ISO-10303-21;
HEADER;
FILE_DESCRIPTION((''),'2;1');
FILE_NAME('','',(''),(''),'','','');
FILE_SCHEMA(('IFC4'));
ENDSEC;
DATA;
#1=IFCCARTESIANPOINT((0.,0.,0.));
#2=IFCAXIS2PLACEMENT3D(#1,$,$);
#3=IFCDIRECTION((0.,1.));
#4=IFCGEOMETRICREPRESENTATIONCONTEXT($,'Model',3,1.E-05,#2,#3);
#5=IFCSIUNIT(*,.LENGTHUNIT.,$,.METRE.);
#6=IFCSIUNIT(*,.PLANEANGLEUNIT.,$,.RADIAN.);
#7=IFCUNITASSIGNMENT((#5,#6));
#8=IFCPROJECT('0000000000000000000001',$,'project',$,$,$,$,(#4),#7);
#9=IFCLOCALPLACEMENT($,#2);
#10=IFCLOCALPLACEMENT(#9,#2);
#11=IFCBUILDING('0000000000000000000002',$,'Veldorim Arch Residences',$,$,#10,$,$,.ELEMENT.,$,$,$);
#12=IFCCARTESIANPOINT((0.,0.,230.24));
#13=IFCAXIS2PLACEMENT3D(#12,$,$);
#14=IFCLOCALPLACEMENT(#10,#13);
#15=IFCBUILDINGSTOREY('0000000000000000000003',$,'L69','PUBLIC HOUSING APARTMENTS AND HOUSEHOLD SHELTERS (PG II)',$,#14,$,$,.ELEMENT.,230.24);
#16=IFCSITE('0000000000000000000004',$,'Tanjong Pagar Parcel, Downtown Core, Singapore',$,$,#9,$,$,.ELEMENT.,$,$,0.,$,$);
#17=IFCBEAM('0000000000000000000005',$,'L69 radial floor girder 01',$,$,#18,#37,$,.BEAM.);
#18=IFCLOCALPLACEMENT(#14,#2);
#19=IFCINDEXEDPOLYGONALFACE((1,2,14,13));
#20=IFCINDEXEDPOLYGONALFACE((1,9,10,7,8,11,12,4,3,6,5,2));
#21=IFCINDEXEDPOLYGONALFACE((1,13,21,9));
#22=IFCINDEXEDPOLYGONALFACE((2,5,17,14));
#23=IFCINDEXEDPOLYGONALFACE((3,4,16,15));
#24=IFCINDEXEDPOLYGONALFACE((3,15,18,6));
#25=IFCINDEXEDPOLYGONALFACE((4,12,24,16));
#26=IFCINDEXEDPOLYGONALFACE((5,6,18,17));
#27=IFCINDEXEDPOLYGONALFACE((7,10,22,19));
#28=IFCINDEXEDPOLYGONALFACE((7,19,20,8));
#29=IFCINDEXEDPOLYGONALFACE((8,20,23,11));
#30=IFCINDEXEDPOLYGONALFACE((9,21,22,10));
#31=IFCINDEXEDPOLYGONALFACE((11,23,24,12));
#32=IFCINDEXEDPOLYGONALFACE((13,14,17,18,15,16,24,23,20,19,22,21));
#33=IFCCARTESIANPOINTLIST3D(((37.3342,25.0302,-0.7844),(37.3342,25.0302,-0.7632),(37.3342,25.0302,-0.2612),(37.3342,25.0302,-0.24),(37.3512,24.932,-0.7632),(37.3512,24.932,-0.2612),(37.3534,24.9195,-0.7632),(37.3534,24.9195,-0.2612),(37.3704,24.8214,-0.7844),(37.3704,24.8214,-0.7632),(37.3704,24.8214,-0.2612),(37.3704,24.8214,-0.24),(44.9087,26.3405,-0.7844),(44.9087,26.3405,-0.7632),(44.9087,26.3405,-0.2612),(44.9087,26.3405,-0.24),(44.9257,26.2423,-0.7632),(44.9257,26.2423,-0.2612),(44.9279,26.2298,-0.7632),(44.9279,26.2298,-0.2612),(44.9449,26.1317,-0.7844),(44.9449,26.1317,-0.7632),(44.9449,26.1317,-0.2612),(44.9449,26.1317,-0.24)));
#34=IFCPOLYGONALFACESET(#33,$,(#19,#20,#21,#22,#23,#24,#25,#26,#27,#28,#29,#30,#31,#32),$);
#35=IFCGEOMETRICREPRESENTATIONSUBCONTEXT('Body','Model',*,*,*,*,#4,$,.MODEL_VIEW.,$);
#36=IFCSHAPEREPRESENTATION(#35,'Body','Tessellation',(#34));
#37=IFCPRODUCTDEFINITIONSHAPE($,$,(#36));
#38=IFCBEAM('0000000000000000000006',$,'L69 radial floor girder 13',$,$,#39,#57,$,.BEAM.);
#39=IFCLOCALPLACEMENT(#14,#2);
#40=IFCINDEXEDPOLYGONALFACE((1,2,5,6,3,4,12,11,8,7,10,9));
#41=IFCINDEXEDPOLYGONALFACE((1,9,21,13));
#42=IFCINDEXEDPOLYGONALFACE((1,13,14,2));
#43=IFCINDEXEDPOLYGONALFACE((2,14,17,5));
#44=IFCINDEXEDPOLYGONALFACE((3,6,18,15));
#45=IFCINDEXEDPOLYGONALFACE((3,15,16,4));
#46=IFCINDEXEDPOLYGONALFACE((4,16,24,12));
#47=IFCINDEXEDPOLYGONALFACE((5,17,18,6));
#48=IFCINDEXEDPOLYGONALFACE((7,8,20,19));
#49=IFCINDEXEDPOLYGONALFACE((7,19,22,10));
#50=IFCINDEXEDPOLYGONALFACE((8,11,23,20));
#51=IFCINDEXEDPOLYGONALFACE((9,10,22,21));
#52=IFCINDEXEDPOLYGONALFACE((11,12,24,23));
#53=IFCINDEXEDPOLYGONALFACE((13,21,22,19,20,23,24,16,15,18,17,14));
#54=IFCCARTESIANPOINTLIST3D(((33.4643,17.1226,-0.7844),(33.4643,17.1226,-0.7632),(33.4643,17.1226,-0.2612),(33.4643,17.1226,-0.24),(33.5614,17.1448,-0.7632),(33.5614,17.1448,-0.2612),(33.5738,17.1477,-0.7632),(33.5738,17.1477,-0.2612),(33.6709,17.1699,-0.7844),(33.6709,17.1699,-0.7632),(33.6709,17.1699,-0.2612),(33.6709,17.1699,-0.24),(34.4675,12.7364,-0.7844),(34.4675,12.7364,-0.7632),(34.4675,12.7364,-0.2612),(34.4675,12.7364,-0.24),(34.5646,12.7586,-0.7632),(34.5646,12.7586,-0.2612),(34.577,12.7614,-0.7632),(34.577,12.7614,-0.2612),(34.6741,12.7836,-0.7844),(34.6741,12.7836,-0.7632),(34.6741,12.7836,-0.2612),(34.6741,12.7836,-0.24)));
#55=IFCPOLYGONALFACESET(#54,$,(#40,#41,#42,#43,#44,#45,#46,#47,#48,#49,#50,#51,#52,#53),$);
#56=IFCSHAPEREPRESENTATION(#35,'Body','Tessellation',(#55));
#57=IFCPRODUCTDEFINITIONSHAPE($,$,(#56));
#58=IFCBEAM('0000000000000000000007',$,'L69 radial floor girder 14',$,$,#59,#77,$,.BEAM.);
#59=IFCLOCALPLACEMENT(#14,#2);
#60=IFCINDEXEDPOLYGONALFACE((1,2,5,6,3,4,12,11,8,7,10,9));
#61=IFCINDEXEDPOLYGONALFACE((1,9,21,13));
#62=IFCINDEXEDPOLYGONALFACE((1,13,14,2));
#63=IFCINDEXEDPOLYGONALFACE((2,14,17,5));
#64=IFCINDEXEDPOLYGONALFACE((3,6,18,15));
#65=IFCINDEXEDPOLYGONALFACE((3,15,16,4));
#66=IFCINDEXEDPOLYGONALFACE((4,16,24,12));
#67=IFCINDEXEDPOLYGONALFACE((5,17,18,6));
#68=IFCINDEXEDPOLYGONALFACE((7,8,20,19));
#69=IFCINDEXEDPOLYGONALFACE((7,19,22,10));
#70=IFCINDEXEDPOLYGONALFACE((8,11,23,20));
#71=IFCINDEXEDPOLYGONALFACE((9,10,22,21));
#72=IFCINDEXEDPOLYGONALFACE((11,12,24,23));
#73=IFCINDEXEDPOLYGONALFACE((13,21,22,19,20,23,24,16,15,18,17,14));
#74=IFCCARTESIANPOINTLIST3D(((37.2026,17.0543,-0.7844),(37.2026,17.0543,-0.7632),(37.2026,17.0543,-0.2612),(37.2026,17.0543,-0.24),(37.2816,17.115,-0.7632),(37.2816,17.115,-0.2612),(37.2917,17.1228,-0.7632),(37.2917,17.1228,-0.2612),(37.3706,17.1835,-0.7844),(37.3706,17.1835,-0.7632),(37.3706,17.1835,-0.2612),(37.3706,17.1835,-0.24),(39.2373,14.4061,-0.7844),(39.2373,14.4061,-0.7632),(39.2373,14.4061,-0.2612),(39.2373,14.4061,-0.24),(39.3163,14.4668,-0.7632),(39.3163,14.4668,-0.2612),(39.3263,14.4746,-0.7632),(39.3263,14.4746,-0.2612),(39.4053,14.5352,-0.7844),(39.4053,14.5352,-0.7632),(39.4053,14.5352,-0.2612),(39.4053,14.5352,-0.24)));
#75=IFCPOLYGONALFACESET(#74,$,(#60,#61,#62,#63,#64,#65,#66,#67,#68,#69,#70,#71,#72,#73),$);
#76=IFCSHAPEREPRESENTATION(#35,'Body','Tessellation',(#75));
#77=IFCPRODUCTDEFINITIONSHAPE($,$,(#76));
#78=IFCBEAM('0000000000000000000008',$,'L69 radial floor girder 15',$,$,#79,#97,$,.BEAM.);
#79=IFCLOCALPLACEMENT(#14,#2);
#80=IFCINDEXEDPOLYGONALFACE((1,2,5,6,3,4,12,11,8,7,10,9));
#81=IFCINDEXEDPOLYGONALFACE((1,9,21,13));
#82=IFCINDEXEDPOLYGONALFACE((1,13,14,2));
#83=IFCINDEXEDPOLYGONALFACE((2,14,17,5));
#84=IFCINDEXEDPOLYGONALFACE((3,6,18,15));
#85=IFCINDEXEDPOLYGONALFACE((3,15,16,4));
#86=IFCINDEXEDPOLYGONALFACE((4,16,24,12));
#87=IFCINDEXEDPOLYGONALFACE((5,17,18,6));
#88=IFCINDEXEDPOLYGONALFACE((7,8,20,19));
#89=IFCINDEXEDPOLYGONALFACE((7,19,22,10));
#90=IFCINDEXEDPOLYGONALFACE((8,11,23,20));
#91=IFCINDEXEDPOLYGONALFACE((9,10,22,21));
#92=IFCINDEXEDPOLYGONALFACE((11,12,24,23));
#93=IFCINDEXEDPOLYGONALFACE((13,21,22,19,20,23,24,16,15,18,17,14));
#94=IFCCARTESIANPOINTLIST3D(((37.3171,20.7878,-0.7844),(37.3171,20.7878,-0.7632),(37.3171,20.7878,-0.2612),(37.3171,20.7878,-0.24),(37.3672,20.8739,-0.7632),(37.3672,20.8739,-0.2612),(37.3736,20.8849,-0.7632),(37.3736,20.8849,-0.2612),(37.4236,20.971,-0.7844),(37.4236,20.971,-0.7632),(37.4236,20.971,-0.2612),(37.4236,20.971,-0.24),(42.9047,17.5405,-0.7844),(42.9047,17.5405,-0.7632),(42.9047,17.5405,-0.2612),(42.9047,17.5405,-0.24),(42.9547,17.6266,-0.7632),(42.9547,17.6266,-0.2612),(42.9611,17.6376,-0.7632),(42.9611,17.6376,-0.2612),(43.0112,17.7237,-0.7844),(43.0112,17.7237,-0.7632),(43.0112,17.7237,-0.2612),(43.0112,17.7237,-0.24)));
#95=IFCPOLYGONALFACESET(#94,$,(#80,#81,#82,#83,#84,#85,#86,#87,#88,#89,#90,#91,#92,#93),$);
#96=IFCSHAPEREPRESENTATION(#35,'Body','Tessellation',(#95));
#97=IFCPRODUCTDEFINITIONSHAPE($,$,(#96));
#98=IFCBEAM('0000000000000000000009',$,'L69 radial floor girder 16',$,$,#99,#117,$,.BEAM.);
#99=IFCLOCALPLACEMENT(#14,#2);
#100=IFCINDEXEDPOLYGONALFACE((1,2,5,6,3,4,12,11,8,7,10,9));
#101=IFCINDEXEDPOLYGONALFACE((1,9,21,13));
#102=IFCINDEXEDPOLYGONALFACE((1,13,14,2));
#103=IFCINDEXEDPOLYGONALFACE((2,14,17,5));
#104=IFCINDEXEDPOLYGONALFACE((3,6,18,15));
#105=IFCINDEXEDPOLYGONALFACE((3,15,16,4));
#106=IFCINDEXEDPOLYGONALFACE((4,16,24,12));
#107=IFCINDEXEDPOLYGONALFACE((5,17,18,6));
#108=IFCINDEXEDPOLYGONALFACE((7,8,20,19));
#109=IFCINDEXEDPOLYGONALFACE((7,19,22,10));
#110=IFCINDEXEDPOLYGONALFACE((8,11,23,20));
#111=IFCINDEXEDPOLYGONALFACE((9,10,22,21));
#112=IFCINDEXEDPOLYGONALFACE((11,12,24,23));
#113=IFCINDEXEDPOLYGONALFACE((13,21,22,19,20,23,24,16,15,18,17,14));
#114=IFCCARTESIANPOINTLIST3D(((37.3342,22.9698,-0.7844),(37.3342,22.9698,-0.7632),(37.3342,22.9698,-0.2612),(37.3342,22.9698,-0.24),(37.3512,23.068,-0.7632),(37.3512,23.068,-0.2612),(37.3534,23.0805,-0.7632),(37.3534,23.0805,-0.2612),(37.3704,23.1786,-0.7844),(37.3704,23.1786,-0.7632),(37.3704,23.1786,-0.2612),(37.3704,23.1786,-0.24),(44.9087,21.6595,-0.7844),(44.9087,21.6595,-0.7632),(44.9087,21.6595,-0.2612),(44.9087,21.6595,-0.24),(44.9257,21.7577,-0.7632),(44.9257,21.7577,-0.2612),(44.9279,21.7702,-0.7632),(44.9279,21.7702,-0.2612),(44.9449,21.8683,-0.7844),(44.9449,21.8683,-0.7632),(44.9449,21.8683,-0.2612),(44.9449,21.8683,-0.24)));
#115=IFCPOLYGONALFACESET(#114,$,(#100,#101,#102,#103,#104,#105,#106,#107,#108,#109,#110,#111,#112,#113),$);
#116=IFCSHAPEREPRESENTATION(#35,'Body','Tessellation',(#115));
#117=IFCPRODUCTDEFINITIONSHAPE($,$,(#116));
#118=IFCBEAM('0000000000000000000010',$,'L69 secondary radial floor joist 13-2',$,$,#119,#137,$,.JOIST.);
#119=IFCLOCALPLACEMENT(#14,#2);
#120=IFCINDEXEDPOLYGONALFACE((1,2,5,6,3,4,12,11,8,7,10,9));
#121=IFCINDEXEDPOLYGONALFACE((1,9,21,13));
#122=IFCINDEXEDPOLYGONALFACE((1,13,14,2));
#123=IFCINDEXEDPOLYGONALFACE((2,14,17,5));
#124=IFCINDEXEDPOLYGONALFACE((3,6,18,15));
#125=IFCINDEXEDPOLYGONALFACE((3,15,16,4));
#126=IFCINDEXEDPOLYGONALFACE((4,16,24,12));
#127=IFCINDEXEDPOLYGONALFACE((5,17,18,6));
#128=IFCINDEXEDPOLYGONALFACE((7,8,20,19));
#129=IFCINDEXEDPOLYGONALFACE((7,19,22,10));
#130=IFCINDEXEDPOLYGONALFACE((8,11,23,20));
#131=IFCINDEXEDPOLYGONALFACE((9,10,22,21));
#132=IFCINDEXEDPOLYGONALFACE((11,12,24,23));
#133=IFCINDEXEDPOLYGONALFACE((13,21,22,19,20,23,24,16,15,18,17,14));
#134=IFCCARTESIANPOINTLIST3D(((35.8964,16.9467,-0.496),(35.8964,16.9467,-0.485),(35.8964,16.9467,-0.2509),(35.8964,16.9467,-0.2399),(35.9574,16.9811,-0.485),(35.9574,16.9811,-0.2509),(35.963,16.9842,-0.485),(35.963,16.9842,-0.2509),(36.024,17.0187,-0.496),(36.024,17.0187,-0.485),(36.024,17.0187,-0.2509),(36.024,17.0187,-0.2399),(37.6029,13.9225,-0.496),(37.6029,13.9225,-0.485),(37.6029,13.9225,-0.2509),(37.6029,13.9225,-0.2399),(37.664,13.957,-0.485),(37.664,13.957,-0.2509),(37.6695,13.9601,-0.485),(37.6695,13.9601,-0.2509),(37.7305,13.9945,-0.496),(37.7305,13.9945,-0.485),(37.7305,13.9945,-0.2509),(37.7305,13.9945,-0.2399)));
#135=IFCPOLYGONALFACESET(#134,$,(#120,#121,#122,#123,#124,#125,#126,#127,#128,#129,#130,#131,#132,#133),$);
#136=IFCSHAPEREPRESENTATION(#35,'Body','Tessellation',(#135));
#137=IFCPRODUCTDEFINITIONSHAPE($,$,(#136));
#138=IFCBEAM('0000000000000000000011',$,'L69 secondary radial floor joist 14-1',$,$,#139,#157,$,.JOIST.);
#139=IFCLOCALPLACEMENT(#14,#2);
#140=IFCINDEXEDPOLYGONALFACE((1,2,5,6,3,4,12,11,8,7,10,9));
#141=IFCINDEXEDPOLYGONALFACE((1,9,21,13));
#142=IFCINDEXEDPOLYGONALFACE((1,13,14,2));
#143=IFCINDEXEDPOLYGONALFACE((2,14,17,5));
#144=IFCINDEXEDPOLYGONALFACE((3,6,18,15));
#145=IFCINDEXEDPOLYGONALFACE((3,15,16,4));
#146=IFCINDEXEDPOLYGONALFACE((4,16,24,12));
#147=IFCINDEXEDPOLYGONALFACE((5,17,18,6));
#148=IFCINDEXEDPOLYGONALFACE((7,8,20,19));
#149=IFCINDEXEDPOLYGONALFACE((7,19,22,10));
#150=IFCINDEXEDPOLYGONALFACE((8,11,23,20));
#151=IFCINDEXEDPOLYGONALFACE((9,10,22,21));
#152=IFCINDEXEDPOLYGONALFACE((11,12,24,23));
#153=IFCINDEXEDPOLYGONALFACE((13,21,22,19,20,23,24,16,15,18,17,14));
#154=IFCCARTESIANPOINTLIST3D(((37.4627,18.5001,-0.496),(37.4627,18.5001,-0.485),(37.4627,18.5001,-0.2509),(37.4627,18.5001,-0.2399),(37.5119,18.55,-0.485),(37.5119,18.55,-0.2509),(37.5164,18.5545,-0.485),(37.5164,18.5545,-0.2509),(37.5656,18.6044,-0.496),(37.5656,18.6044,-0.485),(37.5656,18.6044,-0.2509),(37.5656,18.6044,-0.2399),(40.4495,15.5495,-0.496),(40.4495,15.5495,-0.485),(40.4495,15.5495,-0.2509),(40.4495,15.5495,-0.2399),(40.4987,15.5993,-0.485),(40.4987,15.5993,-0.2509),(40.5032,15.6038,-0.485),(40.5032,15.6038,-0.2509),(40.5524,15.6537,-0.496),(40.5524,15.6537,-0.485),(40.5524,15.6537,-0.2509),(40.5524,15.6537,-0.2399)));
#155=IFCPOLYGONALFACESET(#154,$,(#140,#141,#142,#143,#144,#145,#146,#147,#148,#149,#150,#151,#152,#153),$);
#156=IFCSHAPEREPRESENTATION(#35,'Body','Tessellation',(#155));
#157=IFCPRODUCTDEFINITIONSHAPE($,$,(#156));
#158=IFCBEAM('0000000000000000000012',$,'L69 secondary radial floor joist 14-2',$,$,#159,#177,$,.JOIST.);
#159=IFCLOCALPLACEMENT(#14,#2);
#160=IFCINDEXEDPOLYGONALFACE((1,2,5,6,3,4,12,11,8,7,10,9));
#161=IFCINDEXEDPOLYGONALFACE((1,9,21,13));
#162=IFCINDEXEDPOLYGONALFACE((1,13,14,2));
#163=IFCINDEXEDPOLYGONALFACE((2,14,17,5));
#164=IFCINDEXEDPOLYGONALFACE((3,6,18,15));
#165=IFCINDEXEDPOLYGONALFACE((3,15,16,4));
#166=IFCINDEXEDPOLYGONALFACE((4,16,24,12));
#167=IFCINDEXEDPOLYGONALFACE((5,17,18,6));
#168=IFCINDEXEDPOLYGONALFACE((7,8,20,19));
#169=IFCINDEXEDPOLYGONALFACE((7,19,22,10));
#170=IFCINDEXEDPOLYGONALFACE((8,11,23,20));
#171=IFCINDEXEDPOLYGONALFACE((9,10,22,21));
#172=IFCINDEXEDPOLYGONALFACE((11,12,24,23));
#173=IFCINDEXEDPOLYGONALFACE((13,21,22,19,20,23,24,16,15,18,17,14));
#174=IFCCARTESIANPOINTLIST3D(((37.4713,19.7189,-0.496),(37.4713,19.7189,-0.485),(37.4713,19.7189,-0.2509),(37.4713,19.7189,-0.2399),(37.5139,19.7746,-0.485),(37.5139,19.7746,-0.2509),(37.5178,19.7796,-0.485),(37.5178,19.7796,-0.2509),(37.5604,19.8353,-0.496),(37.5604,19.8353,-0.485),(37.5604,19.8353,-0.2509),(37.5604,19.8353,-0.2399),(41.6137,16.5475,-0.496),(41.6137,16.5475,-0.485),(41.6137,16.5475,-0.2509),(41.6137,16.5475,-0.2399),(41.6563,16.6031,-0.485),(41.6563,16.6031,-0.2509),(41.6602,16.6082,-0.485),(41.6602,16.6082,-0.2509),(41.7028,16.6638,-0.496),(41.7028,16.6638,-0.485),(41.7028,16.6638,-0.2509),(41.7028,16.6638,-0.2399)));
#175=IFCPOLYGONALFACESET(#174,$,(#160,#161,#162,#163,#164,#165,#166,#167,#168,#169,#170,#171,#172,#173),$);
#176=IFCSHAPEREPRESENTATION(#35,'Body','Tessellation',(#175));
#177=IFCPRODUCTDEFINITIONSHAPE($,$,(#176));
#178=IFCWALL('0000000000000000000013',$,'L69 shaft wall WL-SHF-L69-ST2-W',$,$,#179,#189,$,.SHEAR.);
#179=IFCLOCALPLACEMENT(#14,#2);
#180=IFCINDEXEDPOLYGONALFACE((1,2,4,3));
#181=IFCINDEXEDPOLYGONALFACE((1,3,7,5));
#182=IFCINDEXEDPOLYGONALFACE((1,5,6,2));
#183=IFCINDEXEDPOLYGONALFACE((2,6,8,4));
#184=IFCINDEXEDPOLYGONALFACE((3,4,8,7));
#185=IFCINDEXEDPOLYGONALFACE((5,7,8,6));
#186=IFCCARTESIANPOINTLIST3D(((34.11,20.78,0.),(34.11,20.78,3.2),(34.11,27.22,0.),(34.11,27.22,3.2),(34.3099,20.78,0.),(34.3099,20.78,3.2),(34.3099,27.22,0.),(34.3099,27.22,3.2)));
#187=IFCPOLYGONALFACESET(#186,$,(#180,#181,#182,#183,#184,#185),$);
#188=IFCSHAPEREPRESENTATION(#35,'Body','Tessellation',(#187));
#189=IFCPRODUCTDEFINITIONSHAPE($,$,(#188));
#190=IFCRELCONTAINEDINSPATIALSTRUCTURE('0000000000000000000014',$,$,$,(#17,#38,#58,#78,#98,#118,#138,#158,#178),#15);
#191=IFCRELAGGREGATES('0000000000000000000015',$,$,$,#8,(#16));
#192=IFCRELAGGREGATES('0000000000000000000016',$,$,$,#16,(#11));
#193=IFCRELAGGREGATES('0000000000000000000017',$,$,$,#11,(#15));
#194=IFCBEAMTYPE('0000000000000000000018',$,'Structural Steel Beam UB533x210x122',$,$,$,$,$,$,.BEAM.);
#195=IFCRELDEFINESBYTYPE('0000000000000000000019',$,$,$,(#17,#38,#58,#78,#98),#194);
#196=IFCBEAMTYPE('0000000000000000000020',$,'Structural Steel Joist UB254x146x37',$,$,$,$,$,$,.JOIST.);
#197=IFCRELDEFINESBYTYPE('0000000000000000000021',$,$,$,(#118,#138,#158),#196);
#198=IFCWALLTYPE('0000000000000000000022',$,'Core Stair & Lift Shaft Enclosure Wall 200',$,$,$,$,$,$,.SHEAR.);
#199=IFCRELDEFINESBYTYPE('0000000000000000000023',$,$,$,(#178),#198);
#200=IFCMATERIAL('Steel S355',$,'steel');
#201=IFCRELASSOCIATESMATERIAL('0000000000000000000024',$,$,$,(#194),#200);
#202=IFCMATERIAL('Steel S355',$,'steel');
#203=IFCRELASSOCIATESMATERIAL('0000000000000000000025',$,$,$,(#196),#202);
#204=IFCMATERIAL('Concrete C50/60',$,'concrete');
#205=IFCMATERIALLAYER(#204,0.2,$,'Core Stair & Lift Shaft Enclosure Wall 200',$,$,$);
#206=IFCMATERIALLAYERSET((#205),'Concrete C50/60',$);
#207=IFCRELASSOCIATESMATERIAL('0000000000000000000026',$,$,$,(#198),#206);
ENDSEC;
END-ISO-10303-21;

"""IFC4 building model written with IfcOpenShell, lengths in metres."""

from ifc_helpers import new_model, si_unit, direction, frame, frame_2d, origin, origin_2d, place, context, subcontext, project, spatial, rectangle, i_section, extrude, material, layer, layer_set, material_profile, profile_set, type_object, element, save


model = new_model("IFC4")

# Units and contexts
model_context = context("Model", 3, precision=1e-05, world=origin(), true_north=direction((0.0, 1.0)))
body_context = subcontext(model_context, "Body", "Model", "MODEL_VIEW")
ifc_project = project(units=[si_unit("LENGTHUNIT", "METRE"), si_unit("PLANEANGLEUNIT", "RADIAN")], contexts=[model_context])

# Site, building, storey
site_placement = place(None, origin())
site = spatial("IfcSite", under=ifc_project, at=site_placement, Name="Tanjong Pagar Parcel, Downtown Core, Singapore", CompositionType="ELEMENT", RefElevation=0.0)
building_placement = place(site_placement, origin())
building = spatial("IfcBuilding", under=site, at=building_placement, Name="Veldorim Arch Residences", CompositionType="ELEMENT")
storey_placement = place(building_placement, frame((0.0, 0.0, 230.24)))
storey = spatial("IfcBuildingStorey", under=building, at=storey_placement, Name="L69", Description="PUBLIC HOUSING APARTMENTS AND HOUSEHOLD SHELTERS (PG II)", CompositionType="ELEMENT", Elevation=230.24)

# Beams
ifc_material_1 = material(Name="Steel S355", Category="steel")
ifc_material_profile_1 = material_profile(ifc_material_1, i_section(OverallWidth=0.2119, OverallDepth=0.5444, WebThickness=0.0127, FlangeThickness=0.0212, at=origin_2d()), Name="UB533x210x122")
ifc_profile_set_1 = profile_set([ifc_material_profile_1], Name="Steel S355")
beam_type_1 = type_object("IfcBeamType", Name="Structural Steel Beam UB533x210x122", PredefinedType="BEAM", material=ifc_profile_set_1)
beam_1_placement = place(storey_placement, frame((37.3523, 24.9258, -0.5122), z_axis=(0.985365, 0.170458, 0.0), x_axis=(-0.170458, 0.985365, 0.0)))
element("IfcBeam", 1, at=beam_1_placement, inside=storey, type_object=beam_type_1, Name="L69 radial floor girder 01", PredefinedType="BEAM", context=body_context, shape_type="SweptSolid", body=[
    extrude(i_section(OverallWidth=0.2119, OverallDepth=0.5444, WebThickness=0.0127, FlangeThickness=0.0212, at=origin_2d()), origin(), (0.0, 0.0, 1.0), 7.687),
])
beam_2_placement = place(storey_placement, frame((33.5676, 17.1462, -0.5122), z_axis=(0.222953, -0.974829, 0.0), x_axis=(0.974829, 0.222953, 0.0)))
element("IfcBeam", 2, at=beam_2_placement, inside=storey, type_object=beam_type_1, Name="L69 radial floor girder 13", PredefinedType="BEAM", context=body_context, shape_type="SweptSolid", body=[
    extrude(i_section(OverallWidth=0.2119, OverallDepth=0.5444, WebThickness=0.0127, FlangeThickness=0.0212, at=origin_2d()), origin(), (0.0, 0.0, 1.0), 4.4995),
])
beam_3_placement = place(storey_placement, frame((37.2866, 17.1189, -0.5122), z_axis=(0.609258, -0.792972, 0.0), x_axis=(0.792972, 0.609258, 0.0)))
element("IfcBeam", 3, at=beam_3_placement, inside=storey, type_object=beam_type_1, Name="L69 radial floor girder 14", PredefinedType="BEAM", context=body_context, shape_type="SweptSolid", body=[
    extrude(i_section(OverallWidth=0.2119, OverallDepth=0.5444, WebThickness=0.0127, FlangeThickness=0.0212, at=origin_2d()), origin(), (0.0, 0.0, 1.0), 3.3396),
])
beam_4_placement = place(storey_placement, frame((37.3704, 20.8794, -0.5122), z_axis=(0.864596, -0.502468, 0.0), x_axis=(0.502468, 0.864596, 0.0)))
element("IfcBeam", 4, at=beam_4_placement, inside=storey, type_object=beam_type_1, Name="L69 radial floor girder 15", PredefinedType="BEAM", context=body_context, shape_type="SweptSolid", body=[
    extrude(i_section(OverallWidth=0.2119, OverallDepth=0.5444, WebThickness=0.0127, FlangeThickness=0.0212, at=origin_2d()), origin(), (0.0, 0.0, 1.0), 6.4626),
])
beam_5_placement = place(storey_placement, frame((37.3523, 23.0742, -0.5122), z_axis=(0.985365, -0.170458, 0.0), x_axis=(0.170458, 0.985365, 0.0)))
element("IfcBeam", 5, at=beam_5_placement, inside=storey, type_object=beam_type_1, Name="L69 radial floor girder 16", PredefinedType="BEAM", context=body_context, shape_type="SweptSolid", body=[
    extrude(i_section(OverallWidth=0.2119, OverallDepth=0.5444, WebThickness=0.0127, FlangeThickness=0.0212, at=origin_2d()), origin(), (0.0, 0.0, 1.0), 7.687),
])
ifc_material_2 = material(Name="Steel S355", Category="steel")
ifc_material_profile_2 = material_profile(ifc_material_2, i_section(OverallWidth=0.1465, OverallDepth=0.2561, WebThickness=0.0063, FlangeThickness=0.011, at=origin_2d()), Name="UB254x146x37")
ifc_profile_set_2 = profile_set([ifc_material_profile_2], Name="Steel S355")
beam_type_2 = type_object("IfcBeamType", Name="Structural Steel Joist UB254x146x37", PredefinedType="JOIST", material=ifc_profile_set_2)
beam_6_placement = place(storey_placement, frame((35.9602, 16.9827, -0.3679), z_axis=(0.491452, -0.870904, 0.0), x_axis=(0.870904, 0.491452, 0.0)))
element("IfcBeam", 6, at=beam_6_placement, inside=storey, type_object=beam_type_2, Name="L69 secondary radial floor joist 13-2", PredefinedType="JOIST", context=body_context, shape_type="SweptSolid", body=[
    extrude(i_section(OverallWidth=0.1465, OverallDepth=0.2561, WebThickness=0.0063, FlangeThickness=0.011, at=origin_2d()), origin(), (0.0, 0.0, 1.0), 3.4724),
])
beam_7_placement = place(storey_placement, frame((37.5142, 18.5522, -0.3679), z_axis=(0.711397, -0.702791, 0.0), x_axis=(0.702791, 0.711397, 0.0)))
element("IfcBeam", 7, at=beam_7_placement, inside=storey, type_object=beam_type_2, Name="L69 secondary radial floor joist 14-1", PredefinedType="JOIST", context=body_context, shape_type="SweptSolid", body=[
    extrude(i_section(OverallWidth=0.1465, OverallDepth=0.2561, WebThickness=0.0063, FlangeThickness=0.011, at=origin_2d()), origin(), (0.0, 0.0, 1.0), 4.1985),
])
beam_8_placement = place(storey_placement, frame((37.5159, 19.7771, -0.3679), z_axis=(0.794014, -0.6079, 0.0), x_axis=(0.6079, 0.794014, 0.0)))
element("IfcBeam", 8, at=beam_8_placement, inside=storey, type_object=beam_type_2, Name="L69 secondary radial floor joist 14-2", PredefinedType="JOIST", context=body_context, shape_type="SweptSolid", body=[
    extrude(i_section(OverallWidth=0.1465, OverallDepth=0.2561, WebThickness=0.0063, FlangeThickness=0.011, at=origin_2d()), origin(), (0.0, 0.0, 1.0), 5.217),
])

# Wall
ifc_material_3 = material(Name="Concrete C50/60", Category="concrete")
ifc_layer_1 = layer(ifc_material_3, 0.2, Name="Core Stair & Lift Shaft Enclosure Wall 200")
ifc_layer_set_1 = layer_set([ifc_layer_1], Name="Concrete C50/60")
wall_type_1 = type_object("IfcWallType", Name="Core Stair & Lift Shaft Enclosure Wall 200", PredefinedType="SHEAR", material=ifc_layer_set_1)
wall_1_placement = place(storey_placement, frame((34.21, 20.78, 0.0), z_axis=(0.0, 0.0, 1.0), x_axis=(0.0, 1.0, 0.0)))
element("IfcWall", 9, at=wall_1_placement, inside=storey, type_object=wall_type_1, Name="L69 shaft wall WL-SHF-L69-ST2-W", PredefinedType="SHEAR", context=body_context, shape_type="SweptSolid", body=[
    extrude(rectangle(XDim=6.4399, YDim=0.2, at=frame_2d((3.22, 0.0))), origin(), (0.0, 0.0, 1.0), 3.2),
])

save(model, "model.ifc")
